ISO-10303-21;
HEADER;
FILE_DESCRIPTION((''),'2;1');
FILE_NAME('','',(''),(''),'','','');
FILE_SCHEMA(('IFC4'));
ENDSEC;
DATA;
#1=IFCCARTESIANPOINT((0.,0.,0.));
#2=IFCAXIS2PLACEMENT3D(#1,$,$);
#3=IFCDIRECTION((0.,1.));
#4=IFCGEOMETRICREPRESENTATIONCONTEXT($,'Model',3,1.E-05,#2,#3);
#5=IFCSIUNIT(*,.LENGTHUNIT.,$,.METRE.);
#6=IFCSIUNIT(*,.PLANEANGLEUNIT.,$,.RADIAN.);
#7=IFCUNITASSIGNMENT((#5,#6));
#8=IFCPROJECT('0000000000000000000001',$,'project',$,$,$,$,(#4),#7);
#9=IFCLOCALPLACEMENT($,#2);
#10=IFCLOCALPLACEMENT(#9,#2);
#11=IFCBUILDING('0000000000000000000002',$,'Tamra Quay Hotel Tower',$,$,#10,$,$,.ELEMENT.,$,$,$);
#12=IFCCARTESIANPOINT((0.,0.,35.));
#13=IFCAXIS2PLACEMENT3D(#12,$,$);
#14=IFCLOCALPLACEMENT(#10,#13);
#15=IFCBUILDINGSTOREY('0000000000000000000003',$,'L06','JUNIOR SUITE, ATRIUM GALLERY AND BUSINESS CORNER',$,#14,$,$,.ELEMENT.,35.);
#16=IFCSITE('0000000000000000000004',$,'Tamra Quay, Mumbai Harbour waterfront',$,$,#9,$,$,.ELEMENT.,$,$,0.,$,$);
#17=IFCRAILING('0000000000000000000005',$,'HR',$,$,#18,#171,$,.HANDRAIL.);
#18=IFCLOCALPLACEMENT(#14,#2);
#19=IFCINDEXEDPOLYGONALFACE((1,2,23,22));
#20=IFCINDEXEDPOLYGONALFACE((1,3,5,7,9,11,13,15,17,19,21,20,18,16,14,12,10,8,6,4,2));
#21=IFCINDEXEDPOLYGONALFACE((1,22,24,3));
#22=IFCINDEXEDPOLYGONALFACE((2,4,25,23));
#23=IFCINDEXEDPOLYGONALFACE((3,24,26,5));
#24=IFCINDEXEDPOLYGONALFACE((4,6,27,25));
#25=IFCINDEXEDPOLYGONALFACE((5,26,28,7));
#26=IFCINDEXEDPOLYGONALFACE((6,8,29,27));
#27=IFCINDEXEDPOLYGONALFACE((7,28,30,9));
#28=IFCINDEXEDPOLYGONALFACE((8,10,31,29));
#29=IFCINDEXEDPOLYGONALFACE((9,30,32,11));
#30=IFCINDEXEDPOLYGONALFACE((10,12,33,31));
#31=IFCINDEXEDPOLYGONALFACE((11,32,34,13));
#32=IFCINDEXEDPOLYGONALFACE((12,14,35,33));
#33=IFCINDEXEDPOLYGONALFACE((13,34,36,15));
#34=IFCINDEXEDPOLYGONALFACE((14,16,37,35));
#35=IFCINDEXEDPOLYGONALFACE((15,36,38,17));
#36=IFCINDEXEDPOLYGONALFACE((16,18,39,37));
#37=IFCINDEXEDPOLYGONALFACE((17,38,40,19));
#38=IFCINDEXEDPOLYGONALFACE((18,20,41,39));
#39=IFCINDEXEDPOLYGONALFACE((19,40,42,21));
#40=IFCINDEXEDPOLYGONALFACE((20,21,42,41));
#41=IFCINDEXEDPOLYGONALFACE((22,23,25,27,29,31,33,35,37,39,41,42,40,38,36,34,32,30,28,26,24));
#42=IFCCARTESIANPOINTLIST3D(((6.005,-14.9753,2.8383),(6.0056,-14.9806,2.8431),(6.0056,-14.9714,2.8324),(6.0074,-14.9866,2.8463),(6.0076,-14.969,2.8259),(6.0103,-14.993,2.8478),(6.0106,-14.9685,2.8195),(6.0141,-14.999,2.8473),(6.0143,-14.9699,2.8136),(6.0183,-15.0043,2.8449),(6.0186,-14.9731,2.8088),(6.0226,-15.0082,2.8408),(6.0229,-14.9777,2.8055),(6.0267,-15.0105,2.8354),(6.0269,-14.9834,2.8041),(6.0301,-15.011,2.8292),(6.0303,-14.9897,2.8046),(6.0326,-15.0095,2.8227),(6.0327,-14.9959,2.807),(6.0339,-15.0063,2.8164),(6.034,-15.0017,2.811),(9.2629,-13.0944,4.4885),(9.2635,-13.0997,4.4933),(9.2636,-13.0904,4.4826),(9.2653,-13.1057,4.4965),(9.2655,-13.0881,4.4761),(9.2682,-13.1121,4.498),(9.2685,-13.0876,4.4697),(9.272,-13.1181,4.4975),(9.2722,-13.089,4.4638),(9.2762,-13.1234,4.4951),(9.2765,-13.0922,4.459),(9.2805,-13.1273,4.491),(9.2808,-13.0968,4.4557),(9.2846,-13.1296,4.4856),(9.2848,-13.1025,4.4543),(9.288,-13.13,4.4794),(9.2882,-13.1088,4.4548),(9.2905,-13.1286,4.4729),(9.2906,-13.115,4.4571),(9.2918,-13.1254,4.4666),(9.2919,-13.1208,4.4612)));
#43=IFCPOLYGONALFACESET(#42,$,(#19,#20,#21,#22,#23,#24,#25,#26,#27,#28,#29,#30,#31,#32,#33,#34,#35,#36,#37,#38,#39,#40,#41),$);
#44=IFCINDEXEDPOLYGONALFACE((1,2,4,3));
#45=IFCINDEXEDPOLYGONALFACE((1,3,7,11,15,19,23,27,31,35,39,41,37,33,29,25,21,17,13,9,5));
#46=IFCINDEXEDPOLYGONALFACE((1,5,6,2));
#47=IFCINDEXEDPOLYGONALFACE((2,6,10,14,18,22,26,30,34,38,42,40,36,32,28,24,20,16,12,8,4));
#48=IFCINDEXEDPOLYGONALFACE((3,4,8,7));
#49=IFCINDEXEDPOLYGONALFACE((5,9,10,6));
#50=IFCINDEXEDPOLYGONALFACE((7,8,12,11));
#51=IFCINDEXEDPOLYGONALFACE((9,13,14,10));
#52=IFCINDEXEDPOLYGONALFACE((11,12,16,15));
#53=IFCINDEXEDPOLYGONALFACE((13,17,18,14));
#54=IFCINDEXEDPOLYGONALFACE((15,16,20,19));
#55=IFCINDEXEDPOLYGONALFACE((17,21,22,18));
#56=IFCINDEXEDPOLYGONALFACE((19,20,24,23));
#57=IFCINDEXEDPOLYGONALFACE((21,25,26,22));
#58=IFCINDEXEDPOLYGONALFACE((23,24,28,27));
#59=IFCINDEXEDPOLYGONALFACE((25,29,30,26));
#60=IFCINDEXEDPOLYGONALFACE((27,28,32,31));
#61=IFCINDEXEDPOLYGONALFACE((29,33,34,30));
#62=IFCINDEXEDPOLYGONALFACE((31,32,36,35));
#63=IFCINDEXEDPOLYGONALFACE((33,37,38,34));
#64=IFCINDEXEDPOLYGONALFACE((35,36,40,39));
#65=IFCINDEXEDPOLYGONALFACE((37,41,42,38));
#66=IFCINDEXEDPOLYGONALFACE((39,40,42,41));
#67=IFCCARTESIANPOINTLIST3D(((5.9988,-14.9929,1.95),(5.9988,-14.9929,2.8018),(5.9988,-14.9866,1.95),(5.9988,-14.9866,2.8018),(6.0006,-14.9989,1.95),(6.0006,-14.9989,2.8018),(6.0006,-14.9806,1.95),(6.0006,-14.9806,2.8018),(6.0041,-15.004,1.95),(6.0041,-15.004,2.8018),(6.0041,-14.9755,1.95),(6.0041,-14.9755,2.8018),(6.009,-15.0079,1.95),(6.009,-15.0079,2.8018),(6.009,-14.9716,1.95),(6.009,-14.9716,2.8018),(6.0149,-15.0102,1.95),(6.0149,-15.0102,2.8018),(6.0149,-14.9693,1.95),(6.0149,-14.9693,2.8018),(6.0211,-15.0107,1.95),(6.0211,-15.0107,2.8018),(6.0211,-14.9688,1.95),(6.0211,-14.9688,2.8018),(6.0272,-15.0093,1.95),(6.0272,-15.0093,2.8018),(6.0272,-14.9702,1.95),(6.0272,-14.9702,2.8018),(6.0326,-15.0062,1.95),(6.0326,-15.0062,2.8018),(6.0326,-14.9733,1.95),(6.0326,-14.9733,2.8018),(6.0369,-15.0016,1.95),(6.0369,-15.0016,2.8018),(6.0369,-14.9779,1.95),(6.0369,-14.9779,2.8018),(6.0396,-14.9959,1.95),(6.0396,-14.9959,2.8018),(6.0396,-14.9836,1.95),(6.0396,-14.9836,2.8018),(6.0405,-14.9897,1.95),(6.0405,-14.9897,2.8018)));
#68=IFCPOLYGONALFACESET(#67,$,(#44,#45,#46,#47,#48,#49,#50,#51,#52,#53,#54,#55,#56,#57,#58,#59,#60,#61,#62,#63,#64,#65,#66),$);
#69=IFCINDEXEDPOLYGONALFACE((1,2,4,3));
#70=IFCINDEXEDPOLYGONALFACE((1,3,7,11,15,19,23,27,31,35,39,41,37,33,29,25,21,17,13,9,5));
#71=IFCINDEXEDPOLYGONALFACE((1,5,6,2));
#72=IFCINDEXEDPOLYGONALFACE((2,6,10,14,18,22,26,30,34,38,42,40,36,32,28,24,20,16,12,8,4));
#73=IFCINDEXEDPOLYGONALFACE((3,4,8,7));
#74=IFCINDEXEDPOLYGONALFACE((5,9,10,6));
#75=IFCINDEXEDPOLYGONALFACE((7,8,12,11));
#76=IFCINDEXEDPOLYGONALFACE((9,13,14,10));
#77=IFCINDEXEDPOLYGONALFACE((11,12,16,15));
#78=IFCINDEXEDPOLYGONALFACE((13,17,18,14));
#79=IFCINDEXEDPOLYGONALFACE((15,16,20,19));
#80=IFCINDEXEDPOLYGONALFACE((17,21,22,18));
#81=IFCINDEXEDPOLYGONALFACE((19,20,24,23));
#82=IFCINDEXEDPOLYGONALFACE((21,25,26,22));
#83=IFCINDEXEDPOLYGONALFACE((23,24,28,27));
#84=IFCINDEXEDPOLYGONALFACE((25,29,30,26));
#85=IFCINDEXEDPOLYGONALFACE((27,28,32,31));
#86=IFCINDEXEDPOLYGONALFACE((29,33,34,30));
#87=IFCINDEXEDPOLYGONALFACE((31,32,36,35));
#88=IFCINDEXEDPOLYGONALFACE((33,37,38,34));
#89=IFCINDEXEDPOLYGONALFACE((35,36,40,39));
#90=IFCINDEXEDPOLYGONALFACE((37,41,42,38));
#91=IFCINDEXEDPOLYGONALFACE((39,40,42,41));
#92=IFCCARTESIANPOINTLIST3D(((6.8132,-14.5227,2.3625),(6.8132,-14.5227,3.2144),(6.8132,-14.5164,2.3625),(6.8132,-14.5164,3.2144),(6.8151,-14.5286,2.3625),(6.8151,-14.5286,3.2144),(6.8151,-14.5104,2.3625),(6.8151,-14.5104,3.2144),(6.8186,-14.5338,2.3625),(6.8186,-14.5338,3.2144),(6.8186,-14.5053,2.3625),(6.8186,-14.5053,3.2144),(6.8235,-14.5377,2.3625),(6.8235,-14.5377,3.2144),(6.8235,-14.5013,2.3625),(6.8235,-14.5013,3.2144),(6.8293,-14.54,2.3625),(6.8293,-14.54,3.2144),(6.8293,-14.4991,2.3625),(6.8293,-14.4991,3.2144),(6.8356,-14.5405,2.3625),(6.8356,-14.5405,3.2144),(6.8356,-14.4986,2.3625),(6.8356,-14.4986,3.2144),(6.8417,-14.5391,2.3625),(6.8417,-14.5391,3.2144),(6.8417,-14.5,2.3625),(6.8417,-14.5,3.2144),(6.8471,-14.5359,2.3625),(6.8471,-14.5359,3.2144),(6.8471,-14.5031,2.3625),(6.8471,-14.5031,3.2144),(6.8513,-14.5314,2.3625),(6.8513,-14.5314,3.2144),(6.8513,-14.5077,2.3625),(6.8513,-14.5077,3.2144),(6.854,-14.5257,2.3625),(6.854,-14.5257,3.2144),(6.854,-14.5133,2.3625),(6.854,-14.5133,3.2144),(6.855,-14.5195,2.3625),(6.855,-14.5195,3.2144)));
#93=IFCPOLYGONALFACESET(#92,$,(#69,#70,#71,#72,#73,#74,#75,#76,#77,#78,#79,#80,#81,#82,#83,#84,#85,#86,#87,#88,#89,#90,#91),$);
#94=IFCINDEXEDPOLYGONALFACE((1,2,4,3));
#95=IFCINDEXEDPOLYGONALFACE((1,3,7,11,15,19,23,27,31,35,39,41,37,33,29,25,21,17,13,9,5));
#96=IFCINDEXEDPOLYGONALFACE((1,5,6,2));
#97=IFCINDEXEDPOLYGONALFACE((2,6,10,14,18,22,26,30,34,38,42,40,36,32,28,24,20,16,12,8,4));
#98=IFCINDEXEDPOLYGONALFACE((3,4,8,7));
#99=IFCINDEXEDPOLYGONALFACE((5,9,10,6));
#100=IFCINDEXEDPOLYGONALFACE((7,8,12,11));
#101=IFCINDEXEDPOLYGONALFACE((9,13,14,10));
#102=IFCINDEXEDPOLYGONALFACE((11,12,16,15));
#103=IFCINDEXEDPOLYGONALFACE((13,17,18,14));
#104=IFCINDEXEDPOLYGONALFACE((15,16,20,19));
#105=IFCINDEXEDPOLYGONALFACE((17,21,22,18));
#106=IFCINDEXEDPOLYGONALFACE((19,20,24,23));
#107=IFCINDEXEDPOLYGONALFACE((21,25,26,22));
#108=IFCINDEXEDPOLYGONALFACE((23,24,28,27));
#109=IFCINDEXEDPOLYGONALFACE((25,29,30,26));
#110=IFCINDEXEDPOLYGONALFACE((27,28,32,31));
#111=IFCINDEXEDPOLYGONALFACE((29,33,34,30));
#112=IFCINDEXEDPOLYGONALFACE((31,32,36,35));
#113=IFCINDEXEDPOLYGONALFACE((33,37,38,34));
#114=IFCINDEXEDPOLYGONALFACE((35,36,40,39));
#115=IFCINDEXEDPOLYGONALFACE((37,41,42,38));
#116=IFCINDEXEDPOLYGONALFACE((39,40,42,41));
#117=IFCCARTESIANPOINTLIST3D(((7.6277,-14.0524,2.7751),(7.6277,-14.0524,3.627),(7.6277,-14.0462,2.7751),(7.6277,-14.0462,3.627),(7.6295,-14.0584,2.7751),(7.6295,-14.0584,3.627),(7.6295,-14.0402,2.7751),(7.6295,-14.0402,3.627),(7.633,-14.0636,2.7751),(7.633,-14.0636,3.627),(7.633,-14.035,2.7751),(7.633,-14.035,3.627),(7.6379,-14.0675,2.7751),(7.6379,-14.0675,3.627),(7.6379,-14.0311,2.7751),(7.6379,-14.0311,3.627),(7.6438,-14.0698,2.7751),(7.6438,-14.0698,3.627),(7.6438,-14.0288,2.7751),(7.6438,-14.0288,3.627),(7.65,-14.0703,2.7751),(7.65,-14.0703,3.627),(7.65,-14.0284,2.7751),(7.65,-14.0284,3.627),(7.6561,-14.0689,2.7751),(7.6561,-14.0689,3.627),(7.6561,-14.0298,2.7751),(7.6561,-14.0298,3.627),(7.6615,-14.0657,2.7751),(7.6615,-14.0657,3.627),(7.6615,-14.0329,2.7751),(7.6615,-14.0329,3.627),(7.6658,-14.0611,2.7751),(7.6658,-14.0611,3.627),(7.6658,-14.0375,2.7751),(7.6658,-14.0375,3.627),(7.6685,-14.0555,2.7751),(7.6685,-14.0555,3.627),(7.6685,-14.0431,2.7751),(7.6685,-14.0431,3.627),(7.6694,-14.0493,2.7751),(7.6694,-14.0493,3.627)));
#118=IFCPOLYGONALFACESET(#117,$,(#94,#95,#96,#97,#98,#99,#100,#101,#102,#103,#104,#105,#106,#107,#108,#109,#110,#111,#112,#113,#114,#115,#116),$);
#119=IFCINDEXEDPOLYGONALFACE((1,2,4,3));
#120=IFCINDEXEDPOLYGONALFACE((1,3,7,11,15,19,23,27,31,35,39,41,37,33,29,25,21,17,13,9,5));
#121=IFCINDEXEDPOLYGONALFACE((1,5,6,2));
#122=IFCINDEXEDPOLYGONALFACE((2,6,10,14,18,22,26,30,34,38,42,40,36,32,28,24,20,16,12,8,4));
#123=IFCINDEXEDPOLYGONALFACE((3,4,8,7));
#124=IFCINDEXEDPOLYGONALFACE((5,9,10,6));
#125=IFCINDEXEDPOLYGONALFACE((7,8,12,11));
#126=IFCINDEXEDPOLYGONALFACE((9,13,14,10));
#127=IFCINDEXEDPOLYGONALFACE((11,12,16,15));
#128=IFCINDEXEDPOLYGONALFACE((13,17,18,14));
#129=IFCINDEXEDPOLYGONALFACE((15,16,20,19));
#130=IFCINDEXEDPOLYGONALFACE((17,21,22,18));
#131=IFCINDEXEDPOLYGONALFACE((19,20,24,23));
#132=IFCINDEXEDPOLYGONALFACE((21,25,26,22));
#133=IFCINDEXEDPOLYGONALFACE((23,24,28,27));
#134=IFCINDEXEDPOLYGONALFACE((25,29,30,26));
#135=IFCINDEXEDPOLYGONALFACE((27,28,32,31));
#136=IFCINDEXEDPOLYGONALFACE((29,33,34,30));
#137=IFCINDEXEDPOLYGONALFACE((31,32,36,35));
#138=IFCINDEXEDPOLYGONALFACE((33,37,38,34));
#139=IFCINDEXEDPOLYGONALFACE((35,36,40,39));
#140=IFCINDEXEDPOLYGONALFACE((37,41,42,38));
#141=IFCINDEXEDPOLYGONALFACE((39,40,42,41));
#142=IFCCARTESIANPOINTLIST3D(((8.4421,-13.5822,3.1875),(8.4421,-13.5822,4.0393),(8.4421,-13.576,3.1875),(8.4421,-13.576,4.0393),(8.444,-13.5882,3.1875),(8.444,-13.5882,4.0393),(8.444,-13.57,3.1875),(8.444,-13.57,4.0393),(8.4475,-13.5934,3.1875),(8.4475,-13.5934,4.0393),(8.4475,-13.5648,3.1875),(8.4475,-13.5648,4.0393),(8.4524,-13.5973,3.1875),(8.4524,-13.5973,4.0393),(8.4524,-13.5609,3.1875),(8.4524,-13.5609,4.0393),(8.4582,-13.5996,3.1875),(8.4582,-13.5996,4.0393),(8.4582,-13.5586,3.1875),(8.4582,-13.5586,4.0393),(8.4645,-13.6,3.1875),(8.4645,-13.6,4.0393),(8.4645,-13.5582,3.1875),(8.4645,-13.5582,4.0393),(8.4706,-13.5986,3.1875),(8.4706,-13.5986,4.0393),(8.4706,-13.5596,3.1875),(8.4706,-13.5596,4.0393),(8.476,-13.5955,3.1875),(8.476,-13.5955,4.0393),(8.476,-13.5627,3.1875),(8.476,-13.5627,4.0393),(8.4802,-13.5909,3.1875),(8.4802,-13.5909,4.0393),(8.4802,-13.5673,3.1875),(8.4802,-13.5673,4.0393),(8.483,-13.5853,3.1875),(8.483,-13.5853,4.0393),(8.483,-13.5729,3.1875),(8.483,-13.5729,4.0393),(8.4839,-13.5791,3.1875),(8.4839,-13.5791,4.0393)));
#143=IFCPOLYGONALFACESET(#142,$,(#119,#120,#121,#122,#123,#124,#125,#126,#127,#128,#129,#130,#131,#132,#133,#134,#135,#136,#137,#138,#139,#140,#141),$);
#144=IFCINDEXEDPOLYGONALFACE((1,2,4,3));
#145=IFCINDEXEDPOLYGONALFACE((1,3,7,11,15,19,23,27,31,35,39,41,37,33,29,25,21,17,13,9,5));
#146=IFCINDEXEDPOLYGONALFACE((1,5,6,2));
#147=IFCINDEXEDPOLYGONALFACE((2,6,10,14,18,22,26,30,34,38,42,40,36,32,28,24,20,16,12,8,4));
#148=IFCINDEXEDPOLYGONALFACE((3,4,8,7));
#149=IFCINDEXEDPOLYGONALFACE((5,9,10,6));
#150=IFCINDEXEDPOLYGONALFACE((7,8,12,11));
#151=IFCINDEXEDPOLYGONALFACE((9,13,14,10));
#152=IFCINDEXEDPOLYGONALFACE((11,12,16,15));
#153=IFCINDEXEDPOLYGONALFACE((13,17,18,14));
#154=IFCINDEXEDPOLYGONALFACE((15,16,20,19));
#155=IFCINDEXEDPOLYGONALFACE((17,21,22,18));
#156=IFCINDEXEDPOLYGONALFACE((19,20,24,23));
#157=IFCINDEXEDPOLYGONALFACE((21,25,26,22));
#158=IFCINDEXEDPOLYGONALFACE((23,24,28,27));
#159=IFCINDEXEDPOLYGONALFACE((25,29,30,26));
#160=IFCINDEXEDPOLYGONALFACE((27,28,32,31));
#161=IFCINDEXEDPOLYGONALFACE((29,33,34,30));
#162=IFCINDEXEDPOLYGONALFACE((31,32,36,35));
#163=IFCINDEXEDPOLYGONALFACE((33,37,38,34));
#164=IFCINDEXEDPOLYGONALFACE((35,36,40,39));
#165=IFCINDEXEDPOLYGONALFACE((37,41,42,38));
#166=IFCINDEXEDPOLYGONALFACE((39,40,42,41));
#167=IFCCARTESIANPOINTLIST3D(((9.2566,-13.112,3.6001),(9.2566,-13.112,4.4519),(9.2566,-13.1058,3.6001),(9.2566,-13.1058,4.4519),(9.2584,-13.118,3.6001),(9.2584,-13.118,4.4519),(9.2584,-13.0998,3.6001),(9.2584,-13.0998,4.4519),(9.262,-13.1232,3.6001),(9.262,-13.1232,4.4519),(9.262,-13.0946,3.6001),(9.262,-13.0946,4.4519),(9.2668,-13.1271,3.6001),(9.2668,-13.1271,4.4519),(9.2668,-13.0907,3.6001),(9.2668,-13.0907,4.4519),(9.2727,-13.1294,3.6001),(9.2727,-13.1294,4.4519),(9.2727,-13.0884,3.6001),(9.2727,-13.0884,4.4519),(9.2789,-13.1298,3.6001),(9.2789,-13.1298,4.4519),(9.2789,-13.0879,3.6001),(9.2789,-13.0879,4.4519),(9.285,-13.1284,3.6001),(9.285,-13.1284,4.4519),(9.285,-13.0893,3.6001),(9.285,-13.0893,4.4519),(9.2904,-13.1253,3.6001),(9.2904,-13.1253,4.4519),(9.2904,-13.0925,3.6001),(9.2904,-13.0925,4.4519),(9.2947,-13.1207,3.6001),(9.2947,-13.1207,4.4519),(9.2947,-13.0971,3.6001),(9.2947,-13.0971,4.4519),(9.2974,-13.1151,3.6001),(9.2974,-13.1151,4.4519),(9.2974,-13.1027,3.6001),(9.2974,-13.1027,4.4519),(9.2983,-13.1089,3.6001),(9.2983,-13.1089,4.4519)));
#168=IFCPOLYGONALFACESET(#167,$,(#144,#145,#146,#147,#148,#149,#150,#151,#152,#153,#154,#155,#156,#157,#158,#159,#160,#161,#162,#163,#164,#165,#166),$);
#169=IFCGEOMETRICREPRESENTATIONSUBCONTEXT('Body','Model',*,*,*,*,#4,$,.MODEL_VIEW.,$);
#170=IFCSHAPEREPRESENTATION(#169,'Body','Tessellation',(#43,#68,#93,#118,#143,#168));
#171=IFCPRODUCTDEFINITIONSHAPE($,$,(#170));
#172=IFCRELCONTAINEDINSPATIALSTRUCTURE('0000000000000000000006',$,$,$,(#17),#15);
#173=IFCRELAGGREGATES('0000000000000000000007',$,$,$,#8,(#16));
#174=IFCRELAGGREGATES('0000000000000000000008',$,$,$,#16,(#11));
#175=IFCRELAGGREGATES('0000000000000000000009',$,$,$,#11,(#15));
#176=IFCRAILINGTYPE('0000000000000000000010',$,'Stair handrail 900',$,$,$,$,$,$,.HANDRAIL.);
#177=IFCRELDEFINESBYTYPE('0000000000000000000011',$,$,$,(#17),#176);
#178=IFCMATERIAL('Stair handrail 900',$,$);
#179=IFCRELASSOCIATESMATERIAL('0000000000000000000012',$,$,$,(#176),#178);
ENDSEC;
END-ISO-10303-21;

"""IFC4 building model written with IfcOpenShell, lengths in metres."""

from ifc_helpers import new_model, si_unit, direction, frame, origin, origin_2d, place, context, subcontext, project, spatial, circle, extrude, material, type_object, element, save


model = new_model("IFC4")

# Units and contexts
model_context = context("Model", 3, precision=1e-05, world=origin(), true_north=direction((0.0, 1.0)))
body_context = subcontext(model_context, "Body", "Model", "MODEL_VIEW")
ifc_project = project(units=[si_unit("LENGTHUNIT", "METRE"), si_unit("PLANEANGLEUNIT", "RADIAN")], contexts=[model_context])

# Site, building, storey
site_placement = place(None, origin())
site = spatial("IfcSite", under=ifc_project, at=site_placement, Name="Tamra Quay, Mumbai Harbour waterfront", CompositionType="ELEMENT", RefElevation=0.0)
building_placement = place(site_placement, origin())
building = spatial("IfcBuilding", under=site, at=building_placement, Name="Tamra Quay Hotel Tower", CompositionType="ELEMENT")
storey_placement = place(building_placement, frame((0.0, 0.0, 35.0)))
storey = spatial("IfcBuildingStorey", under=building, at=storey_placement, Name="L06", Description="JUNIOR SUITE, ATRIUM GALLERY AND BUSINESS CORNER", CompositionType="ELEMENT", Elevation=35.0)

# Railing
ifc_material_1 = material(Name="Stair handrail 900")
railing_type_1 = type_object("IfcRailingType", Name="Stair handrail 900", PredefinedType="HANDRAIL", material=ifc_material_1)
railing_1_placement = place(storey_placement, frame((6.0195, -14.9897, 1.95)))
element("IfcRailing", 1, at=railing_1_placement, inside=storey, type_object=railing_type_1, Name="HR", PredefinedType="HANDRAIL", context=body_context, shape_type="SweptSolid", body=[
    extrude(circle(Radius=0.0239, at=origin_2d()), frame((0.0, 0.0, 0.876), z_axis=(0.793081, 0.457876, 0.401711), x_axis=(-0.499992, 0.86603, 0.0)), (0.0, 0.0, 1.0), 4.1079),
    extrude(circle(Radius=0.021, at=origin_2d()), origin(), (0.0, 0.0, 1.0), 0.8518),
    extrude(circle(Radius=0.021, at=origin_2d()), frame((0.8145, 0.4702, 0.4126)), (0.0, 0.0, 1.0), 0.8518),
    extrude(circle(Radius=0.021, at=origin_2d()), frame((1.6289, 0.9404, 0.8252)), (0.0, 0.0, 1.0), 0.8518),
    extrude(circle(Radius=0.021, at=origin_2d()), frame((2.4434, 1.4106, 1.2375)), (0.0, 0.0, 1.0), 0.8518),
    extrude(circle(Radius=0.021, at=origin_2d()), frame((3.2578, 1.8809, 1.6501)), (0.0, 0.0, 1.0), 0.8518),
])

save(model, "model.ifc")
